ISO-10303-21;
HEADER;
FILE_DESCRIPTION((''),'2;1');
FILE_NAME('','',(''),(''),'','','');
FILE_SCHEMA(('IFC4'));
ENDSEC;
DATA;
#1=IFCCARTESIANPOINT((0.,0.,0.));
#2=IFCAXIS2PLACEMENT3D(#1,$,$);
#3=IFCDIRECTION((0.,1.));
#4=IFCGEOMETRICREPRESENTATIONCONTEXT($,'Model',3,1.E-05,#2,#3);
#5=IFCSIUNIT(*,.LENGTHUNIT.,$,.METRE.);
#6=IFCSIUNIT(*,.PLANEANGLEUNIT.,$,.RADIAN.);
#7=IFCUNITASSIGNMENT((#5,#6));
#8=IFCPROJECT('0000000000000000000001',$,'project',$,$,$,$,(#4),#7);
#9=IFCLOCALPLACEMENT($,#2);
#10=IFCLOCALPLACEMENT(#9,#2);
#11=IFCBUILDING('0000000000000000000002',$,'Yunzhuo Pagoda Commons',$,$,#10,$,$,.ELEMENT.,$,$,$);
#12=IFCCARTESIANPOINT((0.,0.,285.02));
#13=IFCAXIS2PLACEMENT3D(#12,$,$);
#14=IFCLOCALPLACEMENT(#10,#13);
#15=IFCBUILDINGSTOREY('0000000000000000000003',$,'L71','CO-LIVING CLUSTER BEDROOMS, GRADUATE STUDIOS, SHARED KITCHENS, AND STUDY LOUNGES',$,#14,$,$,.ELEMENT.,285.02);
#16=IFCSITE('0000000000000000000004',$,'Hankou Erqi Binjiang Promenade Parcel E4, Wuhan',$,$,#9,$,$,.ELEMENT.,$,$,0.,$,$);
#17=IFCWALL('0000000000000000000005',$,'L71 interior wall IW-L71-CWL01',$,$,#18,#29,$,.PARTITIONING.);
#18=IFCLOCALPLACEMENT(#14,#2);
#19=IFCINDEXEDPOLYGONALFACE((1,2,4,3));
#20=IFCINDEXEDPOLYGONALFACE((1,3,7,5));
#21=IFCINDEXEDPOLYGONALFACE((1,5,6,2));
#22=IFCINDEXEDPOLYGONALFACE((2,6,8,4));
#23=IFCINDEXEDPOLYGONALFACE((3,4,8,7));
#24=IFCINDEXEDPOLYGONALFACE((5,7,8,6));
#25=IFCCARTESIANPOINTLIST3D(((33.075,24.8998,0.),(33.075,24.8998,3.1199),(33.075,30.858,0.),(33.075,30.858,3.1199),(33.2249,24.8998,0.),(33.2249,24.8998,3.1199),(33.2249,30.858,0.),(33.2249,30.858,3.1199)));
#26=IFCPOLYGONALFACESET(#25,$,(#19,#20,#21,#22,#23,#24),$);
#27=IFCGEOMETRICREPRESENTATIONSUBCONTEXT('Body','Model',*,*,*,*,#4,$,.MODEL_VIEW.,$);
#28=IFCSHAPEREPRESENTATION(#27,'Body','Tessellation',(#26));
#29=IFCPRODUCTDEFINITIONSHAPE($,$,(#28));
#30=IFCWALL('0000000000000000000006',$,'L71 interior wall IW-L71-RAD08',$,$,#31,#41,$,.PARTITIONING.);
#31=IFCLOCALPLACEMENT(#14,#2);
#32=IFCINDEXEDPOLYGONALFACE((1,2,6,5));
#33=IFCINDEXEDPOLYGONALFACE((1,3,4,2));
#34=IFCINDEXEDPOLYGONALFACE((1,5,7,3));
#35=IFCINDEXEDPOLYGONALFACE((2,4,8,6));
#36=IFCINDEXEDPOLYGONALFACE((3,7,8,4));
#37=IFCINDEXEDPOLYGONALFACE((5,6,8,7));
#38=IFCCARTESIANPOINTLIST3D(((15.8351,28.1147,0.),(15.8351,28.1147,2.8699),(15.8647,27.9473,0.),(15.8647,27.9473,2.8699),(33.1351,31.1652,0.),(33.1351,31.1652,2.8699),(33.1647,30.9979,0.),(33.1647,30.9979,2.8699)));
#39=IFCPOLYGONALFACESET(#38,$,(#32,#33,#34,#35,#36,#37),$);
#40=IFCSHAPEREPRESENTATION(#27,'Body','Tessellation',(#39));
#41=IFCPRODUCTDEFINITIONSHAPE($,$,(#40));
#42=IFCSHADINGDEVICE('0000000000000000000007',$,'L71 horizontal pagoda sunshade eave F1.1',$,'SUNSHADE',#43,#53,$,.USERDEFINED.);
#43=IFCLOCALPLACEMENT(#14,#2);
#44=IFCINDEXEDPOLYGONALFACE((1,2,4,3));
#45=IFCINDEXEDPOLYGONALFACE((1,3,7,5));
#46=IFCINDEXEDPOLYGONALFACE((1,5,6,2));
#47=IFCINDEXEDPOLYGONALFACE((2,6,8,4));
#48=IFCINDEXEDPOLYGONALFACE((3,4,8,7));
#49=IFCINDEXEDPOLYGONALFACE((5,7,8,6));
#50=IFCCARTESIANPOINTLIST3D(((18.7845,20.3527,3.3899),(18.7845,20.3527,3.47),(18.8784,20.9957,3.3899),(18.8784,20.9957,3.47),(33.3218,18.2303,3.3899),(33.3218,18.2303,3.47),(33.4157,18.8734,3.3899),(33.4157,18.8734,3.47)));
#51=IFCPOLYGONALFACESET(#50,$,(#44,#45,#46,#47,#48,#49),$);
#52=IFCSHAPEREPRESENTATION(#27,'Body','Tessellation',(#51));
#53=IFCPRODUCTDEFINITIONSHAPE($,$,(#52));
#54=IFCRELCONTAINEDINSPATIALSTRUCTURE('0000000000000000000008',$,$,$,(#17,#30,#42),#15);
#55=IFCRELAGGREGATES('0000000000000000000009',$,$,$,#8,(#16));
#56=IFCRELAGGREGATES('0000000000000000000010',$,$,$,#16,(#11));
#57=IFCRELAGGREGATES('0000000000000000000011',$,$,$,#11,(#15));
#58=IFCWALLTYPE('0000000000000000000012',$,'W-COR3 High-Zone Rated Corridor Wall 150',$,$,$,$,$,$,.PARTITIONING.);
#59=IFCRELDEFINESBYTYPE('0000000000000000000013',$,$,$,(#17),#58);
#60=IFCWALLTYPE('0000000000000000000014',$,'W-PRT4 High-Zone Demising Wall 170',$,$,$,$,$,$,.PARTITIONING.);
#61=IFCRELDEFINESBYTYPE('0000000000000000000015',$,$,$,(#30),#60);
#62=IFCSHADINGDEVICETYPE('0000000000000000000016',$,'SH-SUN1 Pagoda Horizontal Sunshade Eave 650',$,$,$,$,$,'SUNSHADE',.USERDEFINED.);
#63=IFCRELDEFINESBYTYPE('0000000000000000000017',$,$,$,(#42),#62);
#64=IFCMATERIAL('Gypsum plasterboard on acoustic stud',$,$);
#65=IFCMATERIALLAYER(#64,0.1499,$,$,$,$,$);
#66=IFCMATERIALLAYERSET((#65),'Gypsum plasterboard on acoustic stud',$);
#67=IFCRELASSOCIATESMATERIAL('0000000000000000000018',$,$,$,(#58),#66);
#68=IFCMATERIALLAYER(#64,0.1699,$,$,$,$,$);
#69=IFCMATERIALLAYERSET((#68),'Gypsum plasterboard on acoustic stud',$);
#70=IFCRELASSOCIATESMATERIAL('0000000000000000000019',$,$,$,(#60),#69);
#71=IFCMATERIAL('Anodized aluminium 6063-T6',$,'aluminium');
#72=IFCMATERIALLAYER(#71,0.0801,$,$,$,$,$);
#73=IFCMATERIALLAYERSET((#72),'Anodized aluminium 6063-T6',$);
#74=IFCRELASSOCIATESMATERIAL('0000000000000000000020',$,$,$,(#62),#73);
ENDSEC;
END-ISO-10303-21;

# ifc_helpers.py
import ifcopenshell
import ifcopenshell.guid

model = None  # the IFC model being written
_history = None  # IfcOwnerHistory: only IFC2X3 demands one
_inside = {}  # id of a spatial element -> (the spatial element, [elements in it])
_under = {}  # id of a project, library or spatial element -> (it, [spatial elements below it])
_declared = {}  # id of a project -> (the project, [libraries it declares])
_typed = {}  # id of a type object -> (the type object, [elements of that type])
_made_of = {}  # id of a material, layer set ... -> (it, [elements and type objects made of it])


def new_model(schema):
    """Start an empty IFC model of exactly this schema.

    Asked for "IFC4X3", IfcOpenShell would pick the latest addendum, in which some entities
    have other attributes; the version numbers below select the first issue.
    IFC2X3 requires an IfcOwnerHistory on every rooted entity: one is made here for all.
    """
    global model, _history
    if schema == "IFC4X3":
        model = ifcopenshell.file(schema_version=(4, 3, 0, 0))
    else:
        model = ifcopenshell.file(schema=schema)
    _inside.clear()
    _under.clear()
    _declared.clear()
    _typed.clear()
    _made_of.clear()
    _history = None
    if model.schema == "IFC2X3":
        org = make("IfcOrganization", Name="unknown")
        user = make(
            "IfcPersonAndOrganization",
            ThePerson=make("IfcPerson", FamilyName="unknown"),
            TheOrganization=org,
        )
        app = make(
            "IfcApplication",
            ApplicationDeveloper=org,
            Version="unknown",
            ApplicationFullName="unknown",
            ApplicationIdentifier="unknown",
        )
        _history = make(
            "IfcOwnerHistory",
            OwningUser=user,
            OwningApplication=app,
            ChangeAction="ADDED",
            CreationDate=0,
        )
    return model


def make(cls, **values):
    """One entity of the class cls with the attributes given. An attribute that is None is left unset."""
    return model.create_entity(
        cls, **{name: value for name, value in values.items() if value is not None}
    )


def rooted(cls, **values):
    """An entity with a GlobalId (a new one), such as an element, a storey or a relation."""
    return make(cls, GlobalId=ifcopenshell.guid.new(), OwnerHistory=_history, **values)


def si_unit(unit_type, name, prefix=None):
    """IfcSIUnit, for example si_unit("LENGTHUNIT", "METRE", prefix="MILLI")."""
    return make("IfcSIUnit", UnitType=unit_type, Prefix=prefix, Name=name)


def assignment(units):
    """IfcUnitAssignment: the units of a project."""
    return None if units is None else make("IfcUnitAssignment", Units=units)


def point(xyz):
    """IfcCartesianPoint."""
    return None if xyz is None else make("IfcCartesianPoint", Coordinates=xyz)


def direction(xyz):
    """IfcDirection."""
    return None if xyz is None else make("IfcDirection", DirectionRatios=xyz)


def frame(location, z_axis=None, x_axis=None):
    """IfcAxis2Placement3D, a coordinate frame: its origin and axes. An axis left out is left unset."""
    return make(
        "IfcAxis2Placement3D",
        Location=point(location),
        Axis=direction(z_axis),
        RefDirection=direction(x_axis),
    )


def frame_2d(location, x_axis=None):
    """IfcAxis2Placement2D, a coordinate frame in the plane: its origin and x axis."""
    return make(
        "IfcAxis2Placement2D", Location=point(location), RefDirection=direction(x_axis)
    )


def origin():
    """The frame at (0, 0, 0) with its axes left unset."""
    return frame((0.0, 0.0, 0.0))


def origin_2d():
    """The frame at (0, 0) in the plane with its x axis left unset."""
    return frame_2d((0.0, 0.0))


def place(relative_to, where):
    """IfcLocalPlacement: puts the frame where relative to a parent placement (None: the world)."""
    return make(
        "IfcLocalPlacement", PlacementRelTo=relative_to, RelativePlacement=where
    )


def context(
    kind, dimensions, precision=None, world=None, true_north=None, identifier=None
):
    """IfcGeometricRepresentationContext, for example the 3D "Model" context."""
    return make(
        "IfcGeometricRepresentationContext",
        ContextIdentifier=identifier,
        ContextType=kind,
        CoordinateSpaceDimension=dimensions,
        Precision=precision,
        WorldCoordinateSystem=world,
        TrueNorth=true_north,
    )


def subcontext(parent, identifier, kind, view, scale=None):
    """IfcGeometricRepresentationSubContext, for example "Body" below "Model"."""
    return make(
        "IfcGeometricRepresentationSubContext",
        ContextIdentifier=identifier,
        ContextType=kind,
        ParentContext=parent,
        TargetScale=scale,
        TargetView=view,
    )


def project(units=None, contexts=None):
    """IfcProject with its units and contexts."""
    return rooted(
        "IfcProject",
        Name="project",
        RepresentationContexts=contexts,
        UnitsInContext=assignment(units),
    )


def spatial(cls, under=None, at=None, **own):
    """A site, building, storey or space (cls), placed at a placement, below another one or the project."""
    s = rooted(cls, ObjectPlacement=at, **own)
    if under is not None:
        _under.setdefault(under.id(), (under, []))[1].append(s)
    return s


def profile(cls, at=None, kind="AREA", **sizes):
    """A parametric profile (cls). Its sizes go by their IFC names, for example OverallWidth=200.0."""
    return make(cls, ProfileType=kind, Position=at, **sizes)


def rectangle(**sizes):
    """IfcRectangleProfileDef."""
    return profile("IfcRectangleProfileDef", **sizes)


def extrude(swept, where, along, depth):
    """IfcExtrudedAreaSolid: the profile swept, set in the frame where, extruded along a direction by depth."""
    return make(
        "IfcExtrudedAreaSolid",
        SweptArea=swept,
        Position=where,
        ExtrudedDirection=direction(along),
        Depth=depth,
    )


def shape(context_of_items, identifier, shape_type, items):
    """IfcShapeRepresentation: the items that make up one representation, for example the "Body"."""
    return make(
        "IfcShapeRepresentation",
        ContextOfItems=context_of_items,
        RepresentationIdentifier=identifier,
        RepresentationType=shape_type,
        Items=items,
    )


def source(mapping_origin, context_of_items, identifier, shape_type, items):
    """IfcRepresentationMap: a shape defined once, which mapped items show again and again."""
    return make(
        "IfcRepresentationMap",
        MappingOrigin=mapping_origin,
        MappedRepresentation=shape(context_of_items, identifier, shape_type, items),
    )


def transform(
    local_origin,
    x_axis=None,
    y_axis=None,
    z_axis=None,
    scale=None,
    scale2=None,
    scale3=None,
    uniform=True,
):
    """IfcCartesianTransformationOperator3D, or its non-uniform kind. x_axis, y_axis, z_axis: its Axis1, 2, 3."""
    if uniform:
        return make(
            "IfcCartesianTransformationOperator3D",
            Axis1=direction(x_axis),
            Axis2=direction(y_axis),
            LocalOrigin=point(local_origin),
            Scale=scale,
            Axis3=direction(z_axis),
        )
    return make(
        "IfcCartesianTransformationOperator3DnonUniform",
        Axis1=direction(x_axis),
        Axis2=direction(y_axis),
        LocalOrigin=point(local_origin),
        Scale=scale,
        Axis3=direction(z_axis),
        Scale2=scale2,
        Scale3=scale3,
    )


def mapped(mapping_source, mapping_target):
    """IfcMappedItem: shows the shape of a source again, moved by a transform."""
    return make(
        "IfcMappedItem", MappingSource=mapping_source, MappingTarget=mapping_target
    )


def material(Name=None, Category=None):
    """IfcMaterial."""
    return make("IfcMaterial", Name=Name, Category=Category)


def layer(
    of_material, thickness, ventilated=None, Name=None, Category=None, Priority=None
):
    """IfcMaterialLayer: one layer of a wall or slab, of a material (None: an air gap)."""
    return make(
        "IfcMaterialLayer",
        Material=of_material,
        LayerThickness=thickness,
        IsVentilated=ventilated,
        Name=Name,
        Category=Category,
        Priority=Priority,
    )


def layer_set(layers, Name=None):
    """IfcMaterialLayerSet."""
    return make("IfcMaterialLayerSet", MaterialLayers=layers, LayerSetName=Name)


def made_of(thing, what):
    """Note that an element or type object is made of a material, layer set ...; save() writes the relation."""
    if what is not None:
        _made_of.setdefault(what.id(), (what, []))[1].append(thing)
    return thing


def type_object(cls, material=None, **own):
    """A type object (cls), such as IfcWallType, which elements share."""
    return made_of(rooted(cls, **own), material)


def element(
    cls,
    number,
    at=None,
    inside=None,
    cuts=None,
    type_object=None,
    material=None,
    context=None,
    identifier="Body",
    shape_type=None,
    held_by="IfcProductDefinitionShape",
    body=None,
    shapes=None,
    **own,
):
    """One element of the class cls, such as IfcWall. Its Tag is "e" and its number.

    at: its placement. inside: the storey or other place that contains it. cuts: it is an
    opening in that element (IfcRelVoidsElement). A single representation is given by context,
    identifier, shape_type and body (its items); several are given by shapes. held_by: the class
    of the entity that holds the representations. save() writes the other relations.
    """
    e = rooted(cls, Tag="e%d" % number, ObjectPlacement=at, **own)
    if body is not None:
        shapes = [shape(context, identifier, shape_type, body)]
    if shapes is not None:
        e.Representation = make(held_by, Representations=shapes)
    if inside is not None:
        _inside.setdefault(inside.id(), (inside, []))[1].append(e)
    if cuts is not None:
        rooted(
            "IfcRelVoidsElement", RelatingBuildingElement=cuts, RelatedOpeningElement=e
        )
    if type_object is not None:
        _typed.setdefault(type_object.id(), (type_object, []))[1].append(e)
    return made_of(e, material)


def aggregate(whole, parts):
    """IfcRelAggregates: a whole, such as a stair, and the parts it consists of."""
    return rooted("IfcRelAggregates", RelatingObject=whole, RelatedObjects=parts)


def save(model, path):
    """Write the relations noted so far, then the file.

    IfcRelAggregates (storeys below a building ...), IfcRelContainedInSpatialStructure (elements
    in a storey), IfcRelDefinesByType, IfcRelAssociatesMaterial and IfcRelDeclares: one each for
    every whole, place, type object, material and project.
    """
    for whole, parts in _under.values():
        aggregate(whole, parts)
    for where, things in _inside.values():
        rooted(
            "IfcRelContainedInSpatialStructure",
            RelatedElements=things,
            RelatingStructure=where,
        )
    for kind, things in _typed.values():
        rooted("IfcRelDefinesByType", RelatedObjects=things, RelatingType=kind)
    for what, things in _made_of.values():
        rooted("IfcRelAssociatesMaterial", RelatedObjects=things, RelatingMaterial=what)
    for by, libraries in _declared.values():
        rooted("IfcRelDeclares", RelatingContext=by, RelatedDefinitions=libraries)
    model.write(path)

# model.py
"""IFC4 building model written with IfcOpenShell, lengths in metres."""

from ifc_helpers import new_model, si_unit, direction, frame, frame_2d, origin, origin_2d, place, context, subcontext, project, spatial, rectangle, extrude, source, transform, mapped, material, layer, layer_set, type_object, element, save


model = new_model("IFC4")

# Units and contexts
model_context = context("Model", 3, precision=1e-05, world=origin(), true_north=direction((0.0, 1.0)))
body_context = subcontext(model_context, "Body", "Model", "MODEL_VIEW")
ifc_project = project(units=[si_unit("LENGTHUNIT", "METRE"), si_unit("PLANEANGLEUNIT", "RADIAN")], contexts=[model_context])

# Site, building, storey
site_placement = place(None, origin())
site = spatial("IfcSite", under=ifc_project, at=site_placement, Name="Hankou Erqi Binjiang Promenade Parcel E4, Wuhan", CompositionType="ELEMENT", RefElevation=0.0)
building_placement = place(site_placement, origin())
building = spatial("IfcBuilding", under=site, at=building_placement, Name="Yunzhuo Pagoda Commons", CompositionType="ELEMENT")
storey_placement = place(building_placement, frame((0.0, 0.0, 285.02)))
storey = spatial("IfcBuildingStorey", under=building, at=storey_placement, Name="L71", Description="CO-LIVING CLUSTER BEDROOMS, GRADUATE STUDIOS, SHARED KITCHENS, AND STUDY LOUNGES", CompositionType="ELEMENT", Elevation=285.02)

# Shared definitions
ifc_material_1 = material(Name="Anodized aluminium 6063-T6", Category="aluminium")

# Walls
ifc_material_2 = material(Name="Gypsum plasterboard on acoustic stud")
ifc_layer_1 = layer(ifc_material_2, 0.1499)
ifc_layer_set_1 = layer_set([ifc_layer_1], Name="Gypsum plasterboard on acoustic stud")
wall_type_1 = type_object("IfcWallType", Name="W-COR3 High-Zone Rated Corridor Wall 150", PredefinedType="PARTITIONING", material=ifc_layer_set_1)
wall_1_placement = place(storey_placement, frame((33.1499, 24.8999, 0.0), z_axis=(0.0, 0.0, 1.0), x_axis=(0.0, 1.0, 0.0)))
element("IfcWall", 1, at=wall_1_placement, inside=storey, type_object=wall_type_1, Name="L71 interior wall IW-L71-CWL01", PredefinedType="PARTITIONING", context=body_context, shape_type="SweptSolid", body=[
    extrude(rectangle(XDim=5.9583, YDim=0.1499, at=frame_2d((2.979, 0.0))), origin(), (0.0, 0.0, 1.0), 3.1199),
])
ifc_layer_2 = layer(ifc_material_2, 0.1699)
ifc_layer_set_2 = layer_set([ifc_layer_2], Name="Gypsum plasterboard on acoustic stud")
wall_type_2 = type_object("IfcWallType", Name="W-PRT4 High-Zone Demising Wall 170", PredefinedType="PARTITIONING", material=ifc_layer_set_2)
wall_2_placement = place(storey_placement, frame((33.1499, 31.0815, 0.0), z_axis=(0.0, 0.0, 1.0), x_axis=(-0.984807, -0.173652, 0.0)))
element("IfcWall", 2, at=wall_2_placement, inside=storey, type_object=wall_type_2, Name="L71 interior wall IW-L71-RAD08", PredefinedType="PARTITIONING", context=body_context, shape_type="SweptSolid", body=[
    extrude(rectangle(XDim=17.5669, YDim=0.1699, at=frame_2d((8.7834, 0.0))), origin(), (0.0, 0.0, 1.0), 2.8699),
])

# Shading device
ifc_layer_3 = layer(ifc_material_1, 0.0801)
ifc_layer_set_3 = layer_set([ifc_layer_3], Name="Anodized aluminium 6063-T6")
shading_device_type = type_object("IfcShadingDeviceType", Name="SH-SUN1 Pagoda Horizontal Sunshade Eave 650", ElementType="SUNSHADE", PredefinedType="USERDEFINED", material=ifc_layer_set_3)
shared_shape_1 = source(origin(), body_context, "Body", "SweptSolid", [
    extrude(rectangle(XDim=14.6914, YDim=0.6499, at=origin_2d()), origin(), (0.0, 0.0, 1.0), 0.0801),
])
shading_device_placement = place(storey_placement, frame((26.1001, 19.613, 3.3899), z_axis=(0.0, 0.0, 1.0), x_axis=(0.989511, -0.14446, 0.0)))
element("IfcShadingDevice", 3, at=shading_device_placement, inside=storey, type_object=shading_device_type, Name="L71 horizontal pagoda sunshade eave F1.1", ObjectType="SUNSHADE", PredefinedType="USERDEFINED", context=body_context, shape_type="MappedRepresentation", body=[
    mapped(shared_shape_1, transform((0.0, 0.0, 0.0), scale=1.0)),
])

save(model, "model.ifc")
